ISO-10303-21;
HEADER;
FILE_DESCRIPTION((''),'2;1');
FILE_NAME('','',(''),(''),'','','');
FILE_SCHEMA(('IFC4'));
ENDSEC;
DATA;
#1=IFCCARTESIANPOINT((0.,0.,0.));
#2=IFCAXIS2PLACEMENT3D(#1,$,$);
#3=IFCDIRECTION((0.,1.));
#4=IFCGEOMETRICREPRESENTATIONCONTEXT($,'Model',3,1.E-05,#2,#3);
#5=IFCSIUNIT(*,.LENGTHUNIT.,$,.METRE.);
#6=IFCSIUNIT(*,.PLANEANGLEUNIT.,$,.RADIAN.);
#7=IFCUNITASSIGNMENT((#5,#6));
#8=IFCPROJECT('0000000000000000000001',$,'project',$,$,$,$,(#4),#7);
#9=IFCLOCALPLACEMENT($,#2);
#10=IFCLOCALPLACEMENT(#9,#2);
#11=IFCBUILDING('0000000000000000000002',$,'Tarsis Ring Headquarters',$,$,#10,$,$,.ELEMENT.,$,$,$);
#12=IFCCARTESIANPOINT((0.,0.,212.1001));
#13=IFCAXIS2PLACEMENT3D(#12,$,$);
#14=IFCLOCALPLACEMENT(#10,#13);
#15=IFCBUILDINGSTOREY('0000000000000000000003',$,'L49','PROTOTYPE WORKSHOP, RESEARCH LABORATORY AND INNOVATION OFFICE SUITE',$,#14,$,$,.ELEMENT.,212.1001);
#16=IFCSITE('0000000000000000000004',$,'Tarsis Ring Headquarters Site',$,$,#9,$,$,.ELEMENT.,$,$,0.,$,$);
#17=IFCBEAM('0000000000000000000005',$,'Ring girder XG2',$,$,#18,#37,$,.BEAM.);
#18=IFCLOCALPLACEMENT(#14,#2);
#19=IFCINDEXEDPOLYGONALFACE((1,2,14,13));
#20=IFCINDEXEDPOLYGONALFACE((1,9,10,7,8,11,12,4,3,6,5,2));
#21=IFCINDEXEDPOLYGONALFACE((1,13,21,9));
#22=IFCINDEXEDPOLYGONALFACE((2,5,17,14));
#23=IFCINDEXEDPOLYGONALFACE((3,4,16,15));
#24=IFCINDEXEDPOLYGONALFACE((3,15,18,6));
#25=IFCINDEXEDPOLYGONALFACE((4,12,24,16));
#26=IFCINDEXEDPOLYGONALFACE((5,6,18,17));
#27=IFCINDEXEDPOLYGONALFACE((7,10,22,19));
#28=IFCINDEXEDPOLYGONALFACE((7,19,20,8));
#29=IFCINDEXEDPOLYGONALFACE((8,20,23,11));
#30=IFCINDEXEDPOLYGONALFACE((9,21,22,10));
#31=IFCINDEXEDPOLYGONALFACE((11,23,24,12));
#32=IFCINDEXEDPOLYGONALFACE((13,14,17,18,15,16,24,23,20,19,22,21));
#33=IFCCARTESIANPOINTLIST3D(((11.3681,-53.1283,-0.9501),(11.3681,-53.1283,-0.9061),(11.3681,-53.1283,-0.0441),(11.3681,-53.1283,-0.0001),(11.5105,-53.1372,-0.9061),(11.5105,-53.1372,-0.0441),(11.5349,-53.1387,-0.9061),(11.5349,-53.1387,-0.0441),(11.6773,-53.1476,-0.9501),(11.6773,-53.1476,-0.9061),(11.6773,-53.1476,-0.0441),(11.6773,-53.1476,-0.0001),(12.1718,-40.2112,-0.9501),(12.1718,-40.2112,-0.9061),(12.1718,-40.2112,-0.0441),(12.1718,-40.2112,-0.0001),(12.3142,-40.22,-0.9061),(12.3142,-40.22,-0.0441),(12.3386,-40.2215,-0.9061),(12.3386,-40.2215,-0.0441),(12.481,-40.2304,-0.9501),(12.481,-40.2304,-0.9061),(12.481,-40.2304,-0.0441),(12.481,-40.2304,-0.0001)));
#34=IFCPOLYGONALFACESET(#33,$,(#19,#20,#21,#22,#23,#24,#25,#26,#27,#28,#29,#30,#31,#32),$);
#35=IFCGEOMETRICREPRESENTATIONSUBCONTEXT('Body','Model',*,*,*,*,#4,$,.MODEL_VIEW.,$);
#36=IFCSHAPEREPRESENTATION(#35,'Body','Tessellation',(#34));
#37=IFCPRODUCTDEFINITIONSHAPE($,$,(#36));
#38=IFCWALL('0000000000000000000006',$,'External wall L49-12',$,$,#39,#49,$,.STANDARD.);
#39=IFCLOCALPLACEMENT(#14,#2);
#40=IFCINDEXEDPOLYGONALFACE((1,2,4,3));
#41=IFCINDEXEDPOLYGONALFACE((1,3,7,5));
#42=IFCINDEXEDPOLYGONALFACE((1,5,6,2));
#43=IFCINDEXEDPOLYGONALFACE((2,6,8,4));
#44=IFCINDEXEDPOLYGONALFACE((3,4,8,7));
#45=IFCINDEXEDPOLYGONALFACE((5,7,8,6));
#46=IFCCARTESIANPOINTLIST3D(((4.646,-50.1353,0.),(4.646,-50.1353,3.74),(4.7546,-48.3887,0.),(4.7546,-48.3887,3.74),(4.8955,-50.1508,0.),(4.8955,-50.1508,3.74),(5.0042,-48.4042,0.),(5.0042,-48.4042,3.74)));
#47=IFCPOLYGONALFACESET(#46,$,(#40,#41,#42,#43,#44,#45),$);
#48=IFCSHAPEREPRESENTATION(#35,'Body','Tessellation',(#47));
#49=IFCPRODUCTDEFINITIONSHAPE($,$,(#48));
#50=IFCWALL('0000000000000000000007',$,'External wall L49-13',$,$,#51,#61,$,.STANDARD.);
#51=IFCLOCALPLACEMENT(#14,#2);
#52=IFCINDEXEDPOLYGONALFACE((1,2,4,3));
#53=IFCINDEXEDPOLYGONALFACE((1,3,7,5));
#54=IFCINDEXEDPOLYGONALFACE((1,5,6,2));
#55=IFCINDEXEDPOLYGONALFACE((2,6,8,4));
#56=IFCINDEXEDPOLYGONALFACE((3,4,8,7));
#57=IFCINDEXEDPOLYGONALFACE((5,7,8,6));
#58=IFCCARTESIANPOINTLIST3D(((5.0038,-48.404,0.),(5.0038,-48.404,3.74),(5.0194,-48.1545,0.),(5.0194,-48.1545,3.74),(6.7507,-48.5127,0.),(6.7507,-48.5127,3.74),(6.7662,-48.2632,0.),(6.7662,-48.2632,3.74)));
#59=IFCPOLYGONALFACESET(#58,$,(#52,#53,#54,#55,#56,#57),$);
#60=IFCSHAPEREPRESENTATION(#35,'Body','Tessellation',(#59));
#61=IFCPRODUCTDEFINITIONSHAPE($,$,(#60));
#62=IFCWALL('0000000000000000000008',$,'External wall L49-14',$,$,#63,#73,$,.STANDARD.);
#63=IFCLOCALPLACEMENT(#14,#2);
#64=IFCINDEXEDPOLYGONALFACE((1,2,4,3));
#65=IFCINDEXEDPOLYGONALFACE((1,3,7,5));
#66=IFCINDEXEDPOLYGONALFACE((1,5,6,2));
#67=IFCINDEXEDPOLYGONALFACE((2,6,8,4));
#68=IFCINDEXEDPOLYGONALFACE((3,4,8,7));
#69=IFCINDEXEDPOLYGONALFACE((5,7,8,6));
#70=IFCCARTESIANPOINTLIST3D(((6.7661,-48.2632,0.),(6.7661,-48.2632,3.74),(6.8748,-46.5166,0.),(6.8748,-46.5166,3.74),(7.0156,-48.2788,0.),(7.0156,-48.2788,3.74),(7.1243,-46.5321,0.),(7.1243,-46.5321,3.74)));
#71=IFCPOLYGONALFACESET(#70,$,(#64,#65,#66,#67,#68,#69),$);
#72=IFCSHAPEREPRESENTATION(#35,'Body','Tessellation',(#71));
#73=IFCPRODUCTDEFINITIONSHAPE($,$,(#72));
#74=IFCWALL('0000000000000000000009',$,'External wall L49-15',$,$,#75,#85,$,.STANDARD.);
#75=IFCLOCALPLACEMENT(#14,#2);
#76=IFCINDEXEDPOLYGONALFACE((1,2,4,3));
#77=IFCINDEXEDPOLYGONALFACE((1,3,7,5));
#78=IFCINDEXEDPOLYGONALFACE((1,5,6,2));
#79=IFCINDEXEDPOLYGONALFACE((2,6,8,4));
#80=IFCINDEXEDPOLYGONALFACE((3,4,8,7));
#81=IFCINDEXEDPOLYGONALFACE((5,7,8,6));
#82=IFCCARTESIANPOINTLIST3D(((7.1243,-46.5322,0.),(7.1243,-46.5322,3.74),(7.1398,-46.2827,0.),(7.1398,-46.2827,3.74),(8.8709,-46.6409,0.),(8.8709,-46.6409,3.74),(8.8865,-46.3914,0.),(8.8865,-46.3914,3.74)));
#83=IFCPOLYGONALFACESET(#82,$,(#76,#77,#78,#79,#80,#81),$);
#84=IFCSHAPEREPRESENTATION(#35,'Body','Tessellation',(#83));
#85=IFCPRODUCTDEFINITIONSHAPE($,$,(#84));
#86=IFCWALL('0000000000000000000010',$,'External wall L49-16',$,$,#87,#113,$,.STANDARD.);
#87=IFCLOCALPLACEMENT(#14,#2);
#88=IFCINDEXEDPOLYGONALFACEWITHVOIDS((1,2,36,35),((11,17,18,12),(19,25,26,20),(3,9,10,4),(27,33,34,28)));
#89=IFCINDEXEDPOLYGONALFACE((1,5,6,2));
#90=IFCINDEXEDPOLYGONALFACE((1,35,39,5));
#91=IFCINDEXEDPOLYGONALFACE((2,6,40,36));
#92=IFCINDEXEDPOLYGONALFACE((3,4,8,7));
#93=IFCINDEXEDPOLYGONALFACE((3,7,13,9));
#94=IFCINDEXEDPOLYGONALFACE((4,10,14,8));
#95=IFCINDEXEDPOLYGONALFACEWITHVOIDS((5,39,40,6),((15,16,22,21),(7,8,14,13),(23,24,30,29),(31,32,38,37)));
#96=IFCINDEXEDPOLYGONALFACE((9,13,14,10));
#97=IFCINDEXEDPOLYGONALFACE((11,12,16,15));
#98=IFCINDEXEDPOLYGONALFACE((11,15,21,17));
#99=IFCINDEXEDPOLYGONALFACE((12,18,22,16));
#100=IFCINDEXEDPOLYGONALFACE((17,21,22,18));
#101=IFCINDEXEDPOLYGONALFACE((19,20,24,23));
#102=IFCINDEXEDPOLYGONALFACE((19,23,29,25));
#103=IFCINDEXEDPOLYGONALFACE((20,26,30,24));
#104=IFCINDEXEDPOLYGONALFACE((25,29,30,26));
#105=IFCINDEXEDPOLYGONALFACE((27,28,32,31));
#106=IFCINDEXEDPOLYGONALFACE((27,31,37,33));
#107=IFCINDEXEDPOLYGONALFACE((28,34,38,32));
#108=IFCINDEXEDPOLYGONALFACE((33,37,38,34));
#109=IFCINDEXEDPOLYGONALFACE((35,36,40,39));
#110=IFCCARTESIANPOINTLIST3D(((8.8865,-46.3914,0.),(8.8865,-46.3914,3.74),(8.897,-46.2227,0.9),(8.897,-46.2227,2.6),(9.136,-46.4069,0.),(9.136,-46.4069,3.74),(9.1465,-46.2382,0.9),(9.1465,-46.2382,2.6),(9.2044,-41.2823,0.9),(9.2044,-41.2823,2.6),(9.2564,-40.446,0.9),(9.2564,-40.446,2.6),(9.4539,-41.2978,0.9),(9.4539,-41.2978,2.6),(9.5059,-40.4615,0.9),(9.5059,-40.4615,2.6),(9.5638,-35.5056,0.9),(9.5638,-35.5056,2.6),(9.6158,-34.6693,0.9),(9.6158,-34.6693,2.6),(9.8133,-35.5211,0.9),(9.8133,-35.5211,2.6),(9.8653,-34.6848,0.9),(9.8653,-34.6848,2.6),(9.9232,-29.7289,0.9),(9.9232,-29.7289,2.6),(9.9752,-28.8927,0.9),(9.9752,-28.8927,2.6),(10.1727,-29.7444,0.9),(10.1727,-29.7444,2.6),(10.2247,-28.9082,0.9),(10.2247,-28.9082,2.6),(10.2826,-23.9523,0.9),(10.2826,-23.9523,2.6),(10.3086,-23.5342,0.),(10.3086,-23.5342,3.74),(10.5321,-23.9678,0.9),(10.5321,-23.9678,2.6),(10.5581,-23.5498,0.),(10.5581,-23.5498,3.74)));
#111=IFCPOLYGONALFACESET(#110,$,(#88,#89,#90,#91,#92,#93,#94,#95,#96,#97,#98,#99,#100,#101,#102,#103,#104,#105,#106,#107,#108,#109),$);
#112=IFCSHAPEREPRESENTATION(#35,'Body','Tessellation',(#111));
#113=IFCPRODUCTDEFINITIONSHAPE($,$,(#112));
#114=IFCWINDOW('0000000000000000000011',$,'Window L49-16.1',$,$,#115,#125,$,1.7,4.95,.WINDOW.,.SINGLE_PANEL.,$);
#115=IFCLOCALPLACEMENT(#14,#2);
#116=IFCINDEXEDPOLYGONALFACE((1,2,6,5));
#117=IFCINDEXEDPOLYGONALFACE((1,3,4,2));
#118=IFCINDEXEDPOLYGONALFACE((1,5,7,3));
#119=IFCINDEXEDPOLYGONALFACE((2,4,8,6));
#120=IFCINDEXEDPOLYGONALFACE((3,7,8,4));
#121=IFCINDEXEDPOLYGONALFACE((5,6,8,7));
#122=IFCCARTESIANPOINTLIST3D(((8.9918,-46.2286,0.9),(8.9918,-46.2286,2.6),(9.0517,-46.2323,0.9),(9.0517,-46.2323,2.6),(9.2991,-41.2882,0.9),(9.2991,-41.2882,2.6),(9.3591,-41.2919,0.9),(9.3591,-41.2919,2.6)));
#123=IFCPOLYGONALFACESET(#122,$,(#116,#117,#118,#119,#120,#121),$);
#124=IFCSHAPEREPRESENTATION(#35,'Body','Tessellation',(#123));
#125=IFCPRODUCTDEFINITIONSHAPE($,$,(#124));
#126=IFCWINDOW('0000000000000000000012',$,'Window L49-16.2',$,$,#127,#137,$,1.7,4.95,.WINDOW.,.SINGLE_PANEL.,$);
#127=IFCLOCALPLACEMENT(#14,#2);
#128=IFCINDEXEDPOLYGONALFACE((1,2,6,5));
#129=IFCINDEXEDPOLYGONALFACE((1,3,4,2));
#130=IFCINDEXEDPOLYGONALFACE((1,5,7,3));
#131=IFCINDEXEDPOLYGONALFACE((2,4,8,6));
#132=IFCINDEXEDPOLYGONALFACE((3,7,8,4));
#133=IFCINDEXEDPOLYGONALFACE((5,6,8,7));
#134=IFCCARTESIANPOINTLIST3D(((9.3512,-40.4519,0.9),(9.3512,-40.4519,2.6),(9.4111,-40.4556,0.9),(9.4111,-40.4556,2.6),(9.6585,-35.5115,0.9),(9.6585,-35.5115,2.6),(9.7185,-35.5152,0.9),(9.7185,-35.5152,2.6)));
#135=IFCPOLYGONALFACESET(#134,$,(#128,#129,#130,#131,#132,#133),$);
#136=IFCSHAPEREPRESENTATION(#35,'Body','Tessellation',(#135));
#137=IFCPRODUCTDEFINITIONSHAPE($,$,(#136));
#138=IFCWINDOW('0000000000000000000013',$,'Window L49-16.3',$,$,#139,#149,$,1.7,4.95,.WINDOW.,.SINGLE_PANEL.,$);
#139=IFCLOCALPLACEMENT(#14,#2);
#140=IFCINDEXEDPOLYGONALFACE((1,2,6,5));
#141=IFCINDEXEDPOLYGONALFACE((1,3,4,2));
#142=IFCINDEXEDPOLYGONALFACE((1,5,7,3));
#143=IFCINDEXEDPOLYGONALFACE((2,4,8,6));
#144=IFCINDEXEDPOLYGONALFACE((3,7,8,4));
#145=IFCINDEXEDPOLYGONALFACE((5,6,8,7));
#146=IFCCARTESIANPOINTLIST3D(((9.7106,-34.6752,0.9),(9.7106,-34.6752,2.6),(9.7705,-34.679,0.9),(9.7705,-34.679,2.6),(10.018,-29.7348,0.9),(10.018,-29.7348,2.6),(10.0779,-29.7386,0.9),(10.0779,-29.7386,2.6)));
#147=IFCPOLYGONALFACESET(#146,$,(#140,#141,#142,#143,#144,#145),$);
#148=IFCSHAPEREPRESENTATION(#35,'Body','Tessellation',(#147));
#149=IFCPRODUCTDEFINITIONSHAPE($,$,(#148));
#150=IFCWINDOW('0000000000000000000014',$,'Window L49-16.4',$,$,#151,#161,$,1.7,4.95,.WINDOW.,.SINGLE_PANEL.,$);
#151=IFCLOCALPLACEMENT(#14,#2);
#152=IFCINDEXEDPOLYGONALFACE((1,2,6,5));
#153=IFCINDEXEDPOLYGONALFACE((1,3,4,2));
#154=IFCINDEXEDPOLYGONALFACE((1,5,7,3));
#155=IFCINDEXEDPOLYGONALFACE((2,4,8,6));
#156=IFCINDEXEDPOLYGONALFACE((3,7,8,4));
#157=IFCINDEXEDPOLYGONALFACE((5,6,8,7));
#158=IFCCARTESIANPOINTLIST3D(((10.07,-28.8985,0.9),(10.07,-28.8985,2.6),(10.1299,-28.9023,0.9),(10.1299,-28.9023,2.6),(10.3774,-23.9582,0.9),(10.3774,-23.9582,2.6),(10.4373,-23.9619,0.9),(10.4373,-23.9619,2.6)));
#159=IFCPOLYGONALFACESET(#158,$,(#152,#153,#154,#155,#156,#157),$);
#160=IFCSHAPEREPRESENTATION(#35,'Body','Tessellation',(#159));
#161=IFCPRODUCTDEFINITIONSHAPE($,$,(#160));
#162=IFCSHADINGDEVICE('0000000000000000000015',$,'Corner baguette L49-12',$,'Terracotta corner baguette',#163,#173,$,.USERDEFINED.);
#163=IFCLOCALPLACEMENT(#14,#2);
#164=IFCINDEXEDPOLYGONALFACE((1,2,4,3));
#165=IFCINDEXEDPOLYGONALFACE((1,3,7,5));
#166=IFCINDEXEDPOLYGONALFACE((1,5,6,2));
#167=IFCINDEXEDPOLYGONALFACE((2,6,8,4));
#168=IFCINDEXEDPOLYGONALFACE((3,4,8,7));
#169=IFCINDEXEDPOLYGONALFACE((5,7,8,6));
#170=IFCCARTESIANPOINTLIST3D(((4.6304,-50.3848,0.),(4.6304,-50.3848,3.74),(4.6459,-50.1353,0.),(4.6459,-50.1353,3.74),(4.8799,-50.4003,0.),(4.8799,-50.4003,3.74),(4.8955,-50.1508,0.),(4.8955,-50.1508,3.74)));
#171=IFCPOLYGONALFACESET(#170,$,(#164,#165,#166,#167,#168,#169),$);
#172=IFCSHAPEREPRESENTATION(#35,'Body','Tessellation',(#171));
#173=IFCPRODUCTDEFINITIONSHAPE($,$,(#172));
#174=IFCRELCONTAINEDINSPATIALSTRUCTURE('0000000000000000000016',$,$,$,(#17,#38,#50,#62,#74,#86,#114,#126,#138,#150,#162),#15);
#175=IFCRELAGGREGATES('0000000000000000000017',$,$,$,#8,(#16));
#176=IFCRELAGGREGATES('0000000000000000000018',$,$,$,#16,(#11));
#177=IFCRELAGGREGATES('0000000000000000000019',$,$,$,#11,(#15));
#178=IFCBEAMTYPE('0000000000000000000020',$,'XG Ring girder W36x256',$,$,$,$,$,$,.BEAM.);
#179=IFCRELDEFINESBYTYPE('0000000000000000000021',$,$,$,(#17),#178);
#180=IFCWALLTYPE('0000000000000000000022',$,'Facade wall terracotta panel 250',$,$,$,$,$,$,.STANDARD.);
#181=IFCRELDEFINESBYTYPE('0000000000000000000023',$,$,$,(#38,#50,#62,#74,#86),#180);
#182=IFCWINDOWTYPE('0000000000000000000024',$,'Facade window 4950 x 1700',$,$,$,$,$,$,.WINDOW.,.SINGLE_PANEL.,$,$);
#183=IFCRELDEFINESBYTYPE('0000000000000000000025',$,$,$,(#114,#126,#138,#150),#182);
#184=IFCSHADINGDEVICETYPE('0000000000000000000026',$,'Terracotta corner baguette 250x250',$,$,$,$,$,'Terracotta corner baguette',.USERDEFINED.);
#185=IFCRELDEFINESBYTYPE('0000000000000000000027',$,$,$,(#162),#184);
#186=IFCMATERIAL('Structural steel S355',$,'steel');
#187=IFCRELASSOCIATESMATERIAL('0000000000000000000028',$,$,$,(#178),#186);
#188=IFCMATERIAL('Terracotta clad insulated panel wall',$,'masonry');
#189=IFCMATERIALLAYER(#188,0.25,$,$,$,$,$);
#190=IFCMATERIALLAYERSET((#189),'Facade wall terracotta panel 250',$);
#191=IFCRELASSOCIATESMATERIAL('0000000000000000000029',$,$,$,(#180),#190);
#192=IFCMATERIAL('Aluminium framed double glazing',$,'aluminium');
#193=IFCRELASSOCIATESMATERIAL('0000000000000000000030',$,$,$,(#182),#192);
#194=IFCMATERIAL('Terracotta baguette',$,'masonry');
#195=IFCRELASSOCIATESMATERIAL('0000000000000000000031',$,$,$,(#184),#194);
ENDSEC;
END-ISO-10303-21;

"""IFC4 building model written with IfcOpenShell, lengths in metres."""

from ifc_helpers import new_model, si_unit, direction, frame, frame_2d, origin, origin_2d, place, context, subcontext, project, spatial, rectangle, i_section, extrude, material, layer, layer_set, material_profile, profile_set, type_object, element, fill, save


model = new_model("IFC4")

# Units and contexts
model_context = context("Model", 3, precision=1e-05, world=origin(), true_north=direction((0.0, 1.0)))
body_context = subcontext(model_context, "Body", "Model", "MODEL_VIEW")
ifc_project = project(units=[si_unit("LENGTHUNIT", "METRE"), si_unit("PLANEANGLEUNIT", "RADIAN")], contexts=[model_context])

# Site, building, storey
site_placement = place(None, origin())
site = spatial("IfcSite", under=ifc_project, at=site_placement, Name="Tarsis Ring Headquarters Site", CompositionType="ELEMENT", RefElevation=0.0)
building_placement = place(site_placement, origin())
building = spatial("IfcBuilding", under=site, at=building_placement, Name="Tarsis Ring Headquarters", CompositionType="ELEMENT")
storey_placement = place(building_placement, frame((0.0, 0.0, 212.1001)))
storey = spatial("IfcBuildingStorey", under=building, at=storey_placement, Name="L49", Description="PROTOTYPE WORKSHOP, RESEARCH LABORATORY AND INNOVATION OFFICE SUITE", CompositionType="ELEMENT", Elevation=212.1001)

# Shared definitions
ifc_material_1 = material(Name="Structural steel S355", Category="steel")

# Beam
ifc_material_profile_1 = material_profile(ifc_material_1, i_section(OverallWidth=0.3098, OverallDepth=0.95, WebThickness=0.0244, FlangeThickness=0.0439, at=origin_2d()), Name="W36x256")
ifc_profile_set_1 = profile_set([ifc_material_profile_1], Name="Structural steel S355")
beam_type = type_object("IfcBeamType", Name="XG Ring girder W36x256", PredefinedType="BEAM", material=ifc_profile_set_1)
beam_1_placement = place(storey_placement, frame((11.5227, -53.1379, -0.4751), z_axis=(0.0621, 0.99807, 0.0), x_axis=(-0.99807, 0.0621, 0.0)))
element("IfcBeam", 1, at=beam_1_placement, inside=storey, type_object=beam_type, Name="Ring girder XG2", PredefinedType="BEAM", context=body_context, shape_type="SweptSolid", body=[
    extrude(i_section(OverallWidth=0.3098, OverallDepth=0.95, WebThickness=0.0244, FlangeThickness=0.0439, at=origin_2d()), origin(), (0.0, 0.0, 1.0), 12.9421),
])

# Walls
ifc_material_2 = material(Name="Terracotta clad insulated panel wall", Category="masonry")
ifc_layer = layer(ifc_material_2, 0.25)
ifc_layer_set = layer_set([ifc_layer], Name="Facade wall terracotta panel 250")
wall_type = type_object("IfcWallType", Name="Facade wall terracotta panel 250", PredefinedType="STANDARD", material=ifc_layer_set)
wall_1_placement = place(storey_placement, frame((4.7708, -50.1431, 0.0), z_axis=(0.0, 0.0, 1.0), x_axis=(0.062083, 0.998071, 0.0)))
element("IfcWall", 2, at=wall_1_placement, inside=storey, type_object=wall_type, Name="External wall L49-12", PredefinedType="STANDARD", context=body_context, shape_type="SweptSolid", body=[
    extrude(rectangle(XDim=1.75, YDim=0.25, at=frame_2d((0.875, 0.0))), origin(), (0.0, 0.0, 1.0), 3.74),
])
wall_2_placement = place(storey_placement, frame((5.0117, -48.2793, 0.0), z_axis=(0.0, 0.0, 1.0), x_axis=(0.998072, -0.062074, 0.0)))
element("IfcWall", 3, at=wall_2_placement, inside=storey, type_object=wall_type, Name="External wall L49-13", PredefinedType="STANDARD", context=body_context, shape_type="SweptSolid", body=[
    extrude(rectangle(XDim=1.7502, YDim=0.25, at=frame_2d((0.875, 0.0))), origin(), (0.0, 0.0, 1.0), 3.74),
])
for number, where, z_axis, x_axis, name in (
    (4, (6.8909, -48.271, 0.0), (0.0, 0.0, 1.0), (0.062083, 0.998071, 0.0), "External wall L49-14"),
    (5, (7.1321, -46.4075, 0.0), (0.0, 0.0, 1.0), (0.998071, -0.062083, 0.0), "External wall L49-15"),
):
    element("IfcWall", number, at=place(storey_placement, frame(where, z_axis=z_axis, x_axis=x_axis)), inside=storey, type_object=wall_type, Name=name, PredefinedType="STANDARD", context=body_context, shape_type="SweptSolid", body=[
        extrude(rectangle(XDim=1.75, YDim=0.25, at=frame_2d((0.875, 0.0))), origin(), (0.0, 0.0, 1.0), 3.74),
    ])

# Wall, openings, windows
wall_3_placement = place(storey_placement, frame((9.0112, -46.3992, 0.0), z_axis=(0.0, 0.0, 1.0), x_axis=(0.062098, 0.99807, 0.0)))
wall_3 = element("IfcWall", 6, at=wall_3_placement, inside=storey, type_object=wall_type, Name="External wall L49-16", PredefinedType="STANDARD", context=body_context, shape_type="SweptSolid", body=[
    extrude(rectangle(XDim=22.9014, YDim=0.25, at=frame_2d((11.4507, 0.0))), origin(), (0.0, 0.0, 1.0), 3.74),
])
opening_1_placement = place(wall_3_placement, frame((0.1689, 0.0, 0.8999)))
opening_1 = element("IfcOpeningElement", 7, at=opening_1_placement, cuts=wall_3, PredefinedType="OPENING", context=body_context, shape_type="SweptSolid", body=[
    extrude(rectangle(XDim=4.95, YDim=1.7, at=frame_2d((2.4751, 0.8501))), frame((0.0, 0.135, 0.0), z_axis=(0.0, -1.0, 0.0), x_axis=(1.0, 0.0, 0.0)), (0.0, 0.0, 1.0), 0.27),
])
opening_2_placement = place(wall_3_placement, frame((5.9568, 0.0, 0.8999)))
opening_2 = element("IfcOpeningElement", 8, at=opening_2_placement, cuts=wall_3, PredefinedType="OPENING", context=body_context, shape_type="SweptSolid", body=[
    extrude(rectangle(XDim=4.95, YDim=1.7, at=frame_2d((2.4751, 0.8501))), frame((0.0, 0.135, 0.0), z_axis=(0.0, -1.0, 0.0), x_axis=(1.0, 0.0, 0.0)), (0.0, 0.0, 1.0), 0.27),
])
opening_3_placement = place(wall_3_placement, frame((11.7446, 0.0, 0.8999)))
opening_3 = element("IfcOpeningElement", 9, at=opening_3_placement, cuts=wall_3, PredefinedType="OPENING", context=body_context, shape_type="SweptSolid", body=[
    extrude(rectangle(XDim=4.95, YDim=1.7, at=frame_2d((2.4751, 0.8501))), frame((0.0, 0.135, 0.0), z_axis=(0.0, -1.0, 0.0), x_axis=(1.0, 0.0, 0.0)), (0.0, 0.0, 1.0), 0.27),
])
opening_4_placement = place(wall_3_placement, frame((17.5325, 0.0, 0.8999)))
opening_4 = element("IfcOpeningElement", 10, at=opening_4_placement, cuts=wall_3, PredefinedType="OPENING", context=body_context, shape_type="SweptSolid", body=[
    extrude(rectangle(XDim=4.95, YDim=1.7, at=frame_2d((2.4751, 0.8501))), frame((0.0, 0.135, 0.0), z_axis=(0.0, -1.0, 0.0), x_axis=(1.0, 0.0, 0.0)), (0.0, 0.0, 1.0), 0.27),
])
ifc_material_3 = material(Name="Aluminium framed double glazing", Category="aluminium")
window_type = type_object("IfcWindowType", Name="Facade window 4950 x 1700", PartitioningType="SINGLE_PANEL", PredefinedType="WINDOW", material=ifc_material_3)
window_1_placement = place(opening_1_placement, origin())
window_1 = element("IfcWindow", 11, at=window_1_placement, inside=storey, type_object=window_type, Name="Window L49-16.1", OverallHeight=1.7, OverallWidth=4.95, PartitioningType="SINGLE_PANEL", PredefinedType="WINDOW", context=body_context, shape_type="SweptSolid", body=[
    extrude(rectangle(XDim=4.95, YDim=1.7, at=frame_2d((2.4751, 0.8501))), frame((0.0, 0.03, 0.0), z_axis=(0.0, -1.0, 0.0), x_axis=(1.0, 0.0, 0.0)), (0.0, 0.0, 1.0), 0.0601),
])
fill(opening_1, window_1)
window_2_placement = place(opening_2_placement, origin())
window_2 = element("IfcWindow", 12, at=window_2_placement, inside=storey, type_object=window_type, Name="Window L49-16.2", OverallHeight=1.7, OverallWidth=4.95, PartitioningType="SINGLE_PANEL", PredefinedType="WINDOW", context=body_context, shape_type="SweptSolid", body=[
    extrude(rectangle(XDim=4.95, YDim=1.7, at=frame_2d((2.4751, 0.8501))), frame((0.0, 0.03, 0.0), z_axis=(0.0, -1.0, 0.0), x_axis=(1.0, 0.0, 0.0)), (0.0, 0.0, 1.0), 0.0601),
])
fill(opening_2, window_2)
window_3_placement = place(opening_3_placement, origin())
window_3 = element("IfcWindow", 13, at=window_3_placement, inside=storey, type_object=window_type, Name="Window L49-16.3", OverallHeight=1.7, OverallWidth=4.95, PartitioningType="SINGLE_PANEL", PredefinedType="WINDOW", context=body_context, shape_type="SweptSolid", body=[
    extrude(rectangle(XDim=4.95, YDim=1.7, at=frame_2d((2.4751, 0.8501))), frame((0.0, 0.03, 0.0), z_axis=(0.0, -1.0, 0.0), x_axis=(1.0, 0.0, 0.0)), (0.0, 0.0, 1.0), 0.0601),
])
fill(opening_3, window_3)
window_4_placement = place(opening_4_placement, origin())
window_4 = element("IfcWindow", 14, at=window_4_placement, inside=storey, type_object=window_type, Name="Window L49-16.4", OverallHeight=1.7, OverallWidth=4.95, PartitioningType="SINGLE_PANEL", PredefinedType="WINDOW", context=body_context, shape_type="SweptSolid", body=[
    extrude(rectangle(XDim=4.95, YDim=1.7, at=frame_2d((2.4751, 0.8501))), frame((0.0, 0.03, 0.0), z_axis=(0.0, -1.0, 0.0), x_axis=(1.0, 0.0, 0.0)), (0.0, 0.0, 1.0), 0.0601),
])
fill(opening_4, window_4)

# Shading device
ifc_material_4 = material(Name="Terracotta baguette", Category="masonry")
shading_device_type_1 = type_object("IfcShadingDeviceType", Name="Terracotta corner baguette 250x250", ElementType="Terracotta corner baguette", PredefinedType="USERDEFINED", material=ifc_material_4)
for number, where, z_axis, x_axis, name in (
    (15, (4.7629, -50.2678, 0.0), (0.0, 0.0, 1.0), (0.99807, -0.062094, 0.0), "Corner baguette L49-12"),
):
    element("IfcShadingDevice", number, at=place(storey_placement, frame(where, z_axis=z_axis, x_axis=x_axis)), inside=storey, type_object=shading_device_type_1, Name=name, ObjectType="Terracotta corner baguette", PredefinedType="USERDEFINED", context=body_context, shape_type="SweptSolid", body=[
        extrude(rectangle(XDim=0.25, YDim=0.25, at=origin_2d()), origin(), (0.0, 0.0, 1.0), 3.74),
    ])

save(model, "model.ifc")
